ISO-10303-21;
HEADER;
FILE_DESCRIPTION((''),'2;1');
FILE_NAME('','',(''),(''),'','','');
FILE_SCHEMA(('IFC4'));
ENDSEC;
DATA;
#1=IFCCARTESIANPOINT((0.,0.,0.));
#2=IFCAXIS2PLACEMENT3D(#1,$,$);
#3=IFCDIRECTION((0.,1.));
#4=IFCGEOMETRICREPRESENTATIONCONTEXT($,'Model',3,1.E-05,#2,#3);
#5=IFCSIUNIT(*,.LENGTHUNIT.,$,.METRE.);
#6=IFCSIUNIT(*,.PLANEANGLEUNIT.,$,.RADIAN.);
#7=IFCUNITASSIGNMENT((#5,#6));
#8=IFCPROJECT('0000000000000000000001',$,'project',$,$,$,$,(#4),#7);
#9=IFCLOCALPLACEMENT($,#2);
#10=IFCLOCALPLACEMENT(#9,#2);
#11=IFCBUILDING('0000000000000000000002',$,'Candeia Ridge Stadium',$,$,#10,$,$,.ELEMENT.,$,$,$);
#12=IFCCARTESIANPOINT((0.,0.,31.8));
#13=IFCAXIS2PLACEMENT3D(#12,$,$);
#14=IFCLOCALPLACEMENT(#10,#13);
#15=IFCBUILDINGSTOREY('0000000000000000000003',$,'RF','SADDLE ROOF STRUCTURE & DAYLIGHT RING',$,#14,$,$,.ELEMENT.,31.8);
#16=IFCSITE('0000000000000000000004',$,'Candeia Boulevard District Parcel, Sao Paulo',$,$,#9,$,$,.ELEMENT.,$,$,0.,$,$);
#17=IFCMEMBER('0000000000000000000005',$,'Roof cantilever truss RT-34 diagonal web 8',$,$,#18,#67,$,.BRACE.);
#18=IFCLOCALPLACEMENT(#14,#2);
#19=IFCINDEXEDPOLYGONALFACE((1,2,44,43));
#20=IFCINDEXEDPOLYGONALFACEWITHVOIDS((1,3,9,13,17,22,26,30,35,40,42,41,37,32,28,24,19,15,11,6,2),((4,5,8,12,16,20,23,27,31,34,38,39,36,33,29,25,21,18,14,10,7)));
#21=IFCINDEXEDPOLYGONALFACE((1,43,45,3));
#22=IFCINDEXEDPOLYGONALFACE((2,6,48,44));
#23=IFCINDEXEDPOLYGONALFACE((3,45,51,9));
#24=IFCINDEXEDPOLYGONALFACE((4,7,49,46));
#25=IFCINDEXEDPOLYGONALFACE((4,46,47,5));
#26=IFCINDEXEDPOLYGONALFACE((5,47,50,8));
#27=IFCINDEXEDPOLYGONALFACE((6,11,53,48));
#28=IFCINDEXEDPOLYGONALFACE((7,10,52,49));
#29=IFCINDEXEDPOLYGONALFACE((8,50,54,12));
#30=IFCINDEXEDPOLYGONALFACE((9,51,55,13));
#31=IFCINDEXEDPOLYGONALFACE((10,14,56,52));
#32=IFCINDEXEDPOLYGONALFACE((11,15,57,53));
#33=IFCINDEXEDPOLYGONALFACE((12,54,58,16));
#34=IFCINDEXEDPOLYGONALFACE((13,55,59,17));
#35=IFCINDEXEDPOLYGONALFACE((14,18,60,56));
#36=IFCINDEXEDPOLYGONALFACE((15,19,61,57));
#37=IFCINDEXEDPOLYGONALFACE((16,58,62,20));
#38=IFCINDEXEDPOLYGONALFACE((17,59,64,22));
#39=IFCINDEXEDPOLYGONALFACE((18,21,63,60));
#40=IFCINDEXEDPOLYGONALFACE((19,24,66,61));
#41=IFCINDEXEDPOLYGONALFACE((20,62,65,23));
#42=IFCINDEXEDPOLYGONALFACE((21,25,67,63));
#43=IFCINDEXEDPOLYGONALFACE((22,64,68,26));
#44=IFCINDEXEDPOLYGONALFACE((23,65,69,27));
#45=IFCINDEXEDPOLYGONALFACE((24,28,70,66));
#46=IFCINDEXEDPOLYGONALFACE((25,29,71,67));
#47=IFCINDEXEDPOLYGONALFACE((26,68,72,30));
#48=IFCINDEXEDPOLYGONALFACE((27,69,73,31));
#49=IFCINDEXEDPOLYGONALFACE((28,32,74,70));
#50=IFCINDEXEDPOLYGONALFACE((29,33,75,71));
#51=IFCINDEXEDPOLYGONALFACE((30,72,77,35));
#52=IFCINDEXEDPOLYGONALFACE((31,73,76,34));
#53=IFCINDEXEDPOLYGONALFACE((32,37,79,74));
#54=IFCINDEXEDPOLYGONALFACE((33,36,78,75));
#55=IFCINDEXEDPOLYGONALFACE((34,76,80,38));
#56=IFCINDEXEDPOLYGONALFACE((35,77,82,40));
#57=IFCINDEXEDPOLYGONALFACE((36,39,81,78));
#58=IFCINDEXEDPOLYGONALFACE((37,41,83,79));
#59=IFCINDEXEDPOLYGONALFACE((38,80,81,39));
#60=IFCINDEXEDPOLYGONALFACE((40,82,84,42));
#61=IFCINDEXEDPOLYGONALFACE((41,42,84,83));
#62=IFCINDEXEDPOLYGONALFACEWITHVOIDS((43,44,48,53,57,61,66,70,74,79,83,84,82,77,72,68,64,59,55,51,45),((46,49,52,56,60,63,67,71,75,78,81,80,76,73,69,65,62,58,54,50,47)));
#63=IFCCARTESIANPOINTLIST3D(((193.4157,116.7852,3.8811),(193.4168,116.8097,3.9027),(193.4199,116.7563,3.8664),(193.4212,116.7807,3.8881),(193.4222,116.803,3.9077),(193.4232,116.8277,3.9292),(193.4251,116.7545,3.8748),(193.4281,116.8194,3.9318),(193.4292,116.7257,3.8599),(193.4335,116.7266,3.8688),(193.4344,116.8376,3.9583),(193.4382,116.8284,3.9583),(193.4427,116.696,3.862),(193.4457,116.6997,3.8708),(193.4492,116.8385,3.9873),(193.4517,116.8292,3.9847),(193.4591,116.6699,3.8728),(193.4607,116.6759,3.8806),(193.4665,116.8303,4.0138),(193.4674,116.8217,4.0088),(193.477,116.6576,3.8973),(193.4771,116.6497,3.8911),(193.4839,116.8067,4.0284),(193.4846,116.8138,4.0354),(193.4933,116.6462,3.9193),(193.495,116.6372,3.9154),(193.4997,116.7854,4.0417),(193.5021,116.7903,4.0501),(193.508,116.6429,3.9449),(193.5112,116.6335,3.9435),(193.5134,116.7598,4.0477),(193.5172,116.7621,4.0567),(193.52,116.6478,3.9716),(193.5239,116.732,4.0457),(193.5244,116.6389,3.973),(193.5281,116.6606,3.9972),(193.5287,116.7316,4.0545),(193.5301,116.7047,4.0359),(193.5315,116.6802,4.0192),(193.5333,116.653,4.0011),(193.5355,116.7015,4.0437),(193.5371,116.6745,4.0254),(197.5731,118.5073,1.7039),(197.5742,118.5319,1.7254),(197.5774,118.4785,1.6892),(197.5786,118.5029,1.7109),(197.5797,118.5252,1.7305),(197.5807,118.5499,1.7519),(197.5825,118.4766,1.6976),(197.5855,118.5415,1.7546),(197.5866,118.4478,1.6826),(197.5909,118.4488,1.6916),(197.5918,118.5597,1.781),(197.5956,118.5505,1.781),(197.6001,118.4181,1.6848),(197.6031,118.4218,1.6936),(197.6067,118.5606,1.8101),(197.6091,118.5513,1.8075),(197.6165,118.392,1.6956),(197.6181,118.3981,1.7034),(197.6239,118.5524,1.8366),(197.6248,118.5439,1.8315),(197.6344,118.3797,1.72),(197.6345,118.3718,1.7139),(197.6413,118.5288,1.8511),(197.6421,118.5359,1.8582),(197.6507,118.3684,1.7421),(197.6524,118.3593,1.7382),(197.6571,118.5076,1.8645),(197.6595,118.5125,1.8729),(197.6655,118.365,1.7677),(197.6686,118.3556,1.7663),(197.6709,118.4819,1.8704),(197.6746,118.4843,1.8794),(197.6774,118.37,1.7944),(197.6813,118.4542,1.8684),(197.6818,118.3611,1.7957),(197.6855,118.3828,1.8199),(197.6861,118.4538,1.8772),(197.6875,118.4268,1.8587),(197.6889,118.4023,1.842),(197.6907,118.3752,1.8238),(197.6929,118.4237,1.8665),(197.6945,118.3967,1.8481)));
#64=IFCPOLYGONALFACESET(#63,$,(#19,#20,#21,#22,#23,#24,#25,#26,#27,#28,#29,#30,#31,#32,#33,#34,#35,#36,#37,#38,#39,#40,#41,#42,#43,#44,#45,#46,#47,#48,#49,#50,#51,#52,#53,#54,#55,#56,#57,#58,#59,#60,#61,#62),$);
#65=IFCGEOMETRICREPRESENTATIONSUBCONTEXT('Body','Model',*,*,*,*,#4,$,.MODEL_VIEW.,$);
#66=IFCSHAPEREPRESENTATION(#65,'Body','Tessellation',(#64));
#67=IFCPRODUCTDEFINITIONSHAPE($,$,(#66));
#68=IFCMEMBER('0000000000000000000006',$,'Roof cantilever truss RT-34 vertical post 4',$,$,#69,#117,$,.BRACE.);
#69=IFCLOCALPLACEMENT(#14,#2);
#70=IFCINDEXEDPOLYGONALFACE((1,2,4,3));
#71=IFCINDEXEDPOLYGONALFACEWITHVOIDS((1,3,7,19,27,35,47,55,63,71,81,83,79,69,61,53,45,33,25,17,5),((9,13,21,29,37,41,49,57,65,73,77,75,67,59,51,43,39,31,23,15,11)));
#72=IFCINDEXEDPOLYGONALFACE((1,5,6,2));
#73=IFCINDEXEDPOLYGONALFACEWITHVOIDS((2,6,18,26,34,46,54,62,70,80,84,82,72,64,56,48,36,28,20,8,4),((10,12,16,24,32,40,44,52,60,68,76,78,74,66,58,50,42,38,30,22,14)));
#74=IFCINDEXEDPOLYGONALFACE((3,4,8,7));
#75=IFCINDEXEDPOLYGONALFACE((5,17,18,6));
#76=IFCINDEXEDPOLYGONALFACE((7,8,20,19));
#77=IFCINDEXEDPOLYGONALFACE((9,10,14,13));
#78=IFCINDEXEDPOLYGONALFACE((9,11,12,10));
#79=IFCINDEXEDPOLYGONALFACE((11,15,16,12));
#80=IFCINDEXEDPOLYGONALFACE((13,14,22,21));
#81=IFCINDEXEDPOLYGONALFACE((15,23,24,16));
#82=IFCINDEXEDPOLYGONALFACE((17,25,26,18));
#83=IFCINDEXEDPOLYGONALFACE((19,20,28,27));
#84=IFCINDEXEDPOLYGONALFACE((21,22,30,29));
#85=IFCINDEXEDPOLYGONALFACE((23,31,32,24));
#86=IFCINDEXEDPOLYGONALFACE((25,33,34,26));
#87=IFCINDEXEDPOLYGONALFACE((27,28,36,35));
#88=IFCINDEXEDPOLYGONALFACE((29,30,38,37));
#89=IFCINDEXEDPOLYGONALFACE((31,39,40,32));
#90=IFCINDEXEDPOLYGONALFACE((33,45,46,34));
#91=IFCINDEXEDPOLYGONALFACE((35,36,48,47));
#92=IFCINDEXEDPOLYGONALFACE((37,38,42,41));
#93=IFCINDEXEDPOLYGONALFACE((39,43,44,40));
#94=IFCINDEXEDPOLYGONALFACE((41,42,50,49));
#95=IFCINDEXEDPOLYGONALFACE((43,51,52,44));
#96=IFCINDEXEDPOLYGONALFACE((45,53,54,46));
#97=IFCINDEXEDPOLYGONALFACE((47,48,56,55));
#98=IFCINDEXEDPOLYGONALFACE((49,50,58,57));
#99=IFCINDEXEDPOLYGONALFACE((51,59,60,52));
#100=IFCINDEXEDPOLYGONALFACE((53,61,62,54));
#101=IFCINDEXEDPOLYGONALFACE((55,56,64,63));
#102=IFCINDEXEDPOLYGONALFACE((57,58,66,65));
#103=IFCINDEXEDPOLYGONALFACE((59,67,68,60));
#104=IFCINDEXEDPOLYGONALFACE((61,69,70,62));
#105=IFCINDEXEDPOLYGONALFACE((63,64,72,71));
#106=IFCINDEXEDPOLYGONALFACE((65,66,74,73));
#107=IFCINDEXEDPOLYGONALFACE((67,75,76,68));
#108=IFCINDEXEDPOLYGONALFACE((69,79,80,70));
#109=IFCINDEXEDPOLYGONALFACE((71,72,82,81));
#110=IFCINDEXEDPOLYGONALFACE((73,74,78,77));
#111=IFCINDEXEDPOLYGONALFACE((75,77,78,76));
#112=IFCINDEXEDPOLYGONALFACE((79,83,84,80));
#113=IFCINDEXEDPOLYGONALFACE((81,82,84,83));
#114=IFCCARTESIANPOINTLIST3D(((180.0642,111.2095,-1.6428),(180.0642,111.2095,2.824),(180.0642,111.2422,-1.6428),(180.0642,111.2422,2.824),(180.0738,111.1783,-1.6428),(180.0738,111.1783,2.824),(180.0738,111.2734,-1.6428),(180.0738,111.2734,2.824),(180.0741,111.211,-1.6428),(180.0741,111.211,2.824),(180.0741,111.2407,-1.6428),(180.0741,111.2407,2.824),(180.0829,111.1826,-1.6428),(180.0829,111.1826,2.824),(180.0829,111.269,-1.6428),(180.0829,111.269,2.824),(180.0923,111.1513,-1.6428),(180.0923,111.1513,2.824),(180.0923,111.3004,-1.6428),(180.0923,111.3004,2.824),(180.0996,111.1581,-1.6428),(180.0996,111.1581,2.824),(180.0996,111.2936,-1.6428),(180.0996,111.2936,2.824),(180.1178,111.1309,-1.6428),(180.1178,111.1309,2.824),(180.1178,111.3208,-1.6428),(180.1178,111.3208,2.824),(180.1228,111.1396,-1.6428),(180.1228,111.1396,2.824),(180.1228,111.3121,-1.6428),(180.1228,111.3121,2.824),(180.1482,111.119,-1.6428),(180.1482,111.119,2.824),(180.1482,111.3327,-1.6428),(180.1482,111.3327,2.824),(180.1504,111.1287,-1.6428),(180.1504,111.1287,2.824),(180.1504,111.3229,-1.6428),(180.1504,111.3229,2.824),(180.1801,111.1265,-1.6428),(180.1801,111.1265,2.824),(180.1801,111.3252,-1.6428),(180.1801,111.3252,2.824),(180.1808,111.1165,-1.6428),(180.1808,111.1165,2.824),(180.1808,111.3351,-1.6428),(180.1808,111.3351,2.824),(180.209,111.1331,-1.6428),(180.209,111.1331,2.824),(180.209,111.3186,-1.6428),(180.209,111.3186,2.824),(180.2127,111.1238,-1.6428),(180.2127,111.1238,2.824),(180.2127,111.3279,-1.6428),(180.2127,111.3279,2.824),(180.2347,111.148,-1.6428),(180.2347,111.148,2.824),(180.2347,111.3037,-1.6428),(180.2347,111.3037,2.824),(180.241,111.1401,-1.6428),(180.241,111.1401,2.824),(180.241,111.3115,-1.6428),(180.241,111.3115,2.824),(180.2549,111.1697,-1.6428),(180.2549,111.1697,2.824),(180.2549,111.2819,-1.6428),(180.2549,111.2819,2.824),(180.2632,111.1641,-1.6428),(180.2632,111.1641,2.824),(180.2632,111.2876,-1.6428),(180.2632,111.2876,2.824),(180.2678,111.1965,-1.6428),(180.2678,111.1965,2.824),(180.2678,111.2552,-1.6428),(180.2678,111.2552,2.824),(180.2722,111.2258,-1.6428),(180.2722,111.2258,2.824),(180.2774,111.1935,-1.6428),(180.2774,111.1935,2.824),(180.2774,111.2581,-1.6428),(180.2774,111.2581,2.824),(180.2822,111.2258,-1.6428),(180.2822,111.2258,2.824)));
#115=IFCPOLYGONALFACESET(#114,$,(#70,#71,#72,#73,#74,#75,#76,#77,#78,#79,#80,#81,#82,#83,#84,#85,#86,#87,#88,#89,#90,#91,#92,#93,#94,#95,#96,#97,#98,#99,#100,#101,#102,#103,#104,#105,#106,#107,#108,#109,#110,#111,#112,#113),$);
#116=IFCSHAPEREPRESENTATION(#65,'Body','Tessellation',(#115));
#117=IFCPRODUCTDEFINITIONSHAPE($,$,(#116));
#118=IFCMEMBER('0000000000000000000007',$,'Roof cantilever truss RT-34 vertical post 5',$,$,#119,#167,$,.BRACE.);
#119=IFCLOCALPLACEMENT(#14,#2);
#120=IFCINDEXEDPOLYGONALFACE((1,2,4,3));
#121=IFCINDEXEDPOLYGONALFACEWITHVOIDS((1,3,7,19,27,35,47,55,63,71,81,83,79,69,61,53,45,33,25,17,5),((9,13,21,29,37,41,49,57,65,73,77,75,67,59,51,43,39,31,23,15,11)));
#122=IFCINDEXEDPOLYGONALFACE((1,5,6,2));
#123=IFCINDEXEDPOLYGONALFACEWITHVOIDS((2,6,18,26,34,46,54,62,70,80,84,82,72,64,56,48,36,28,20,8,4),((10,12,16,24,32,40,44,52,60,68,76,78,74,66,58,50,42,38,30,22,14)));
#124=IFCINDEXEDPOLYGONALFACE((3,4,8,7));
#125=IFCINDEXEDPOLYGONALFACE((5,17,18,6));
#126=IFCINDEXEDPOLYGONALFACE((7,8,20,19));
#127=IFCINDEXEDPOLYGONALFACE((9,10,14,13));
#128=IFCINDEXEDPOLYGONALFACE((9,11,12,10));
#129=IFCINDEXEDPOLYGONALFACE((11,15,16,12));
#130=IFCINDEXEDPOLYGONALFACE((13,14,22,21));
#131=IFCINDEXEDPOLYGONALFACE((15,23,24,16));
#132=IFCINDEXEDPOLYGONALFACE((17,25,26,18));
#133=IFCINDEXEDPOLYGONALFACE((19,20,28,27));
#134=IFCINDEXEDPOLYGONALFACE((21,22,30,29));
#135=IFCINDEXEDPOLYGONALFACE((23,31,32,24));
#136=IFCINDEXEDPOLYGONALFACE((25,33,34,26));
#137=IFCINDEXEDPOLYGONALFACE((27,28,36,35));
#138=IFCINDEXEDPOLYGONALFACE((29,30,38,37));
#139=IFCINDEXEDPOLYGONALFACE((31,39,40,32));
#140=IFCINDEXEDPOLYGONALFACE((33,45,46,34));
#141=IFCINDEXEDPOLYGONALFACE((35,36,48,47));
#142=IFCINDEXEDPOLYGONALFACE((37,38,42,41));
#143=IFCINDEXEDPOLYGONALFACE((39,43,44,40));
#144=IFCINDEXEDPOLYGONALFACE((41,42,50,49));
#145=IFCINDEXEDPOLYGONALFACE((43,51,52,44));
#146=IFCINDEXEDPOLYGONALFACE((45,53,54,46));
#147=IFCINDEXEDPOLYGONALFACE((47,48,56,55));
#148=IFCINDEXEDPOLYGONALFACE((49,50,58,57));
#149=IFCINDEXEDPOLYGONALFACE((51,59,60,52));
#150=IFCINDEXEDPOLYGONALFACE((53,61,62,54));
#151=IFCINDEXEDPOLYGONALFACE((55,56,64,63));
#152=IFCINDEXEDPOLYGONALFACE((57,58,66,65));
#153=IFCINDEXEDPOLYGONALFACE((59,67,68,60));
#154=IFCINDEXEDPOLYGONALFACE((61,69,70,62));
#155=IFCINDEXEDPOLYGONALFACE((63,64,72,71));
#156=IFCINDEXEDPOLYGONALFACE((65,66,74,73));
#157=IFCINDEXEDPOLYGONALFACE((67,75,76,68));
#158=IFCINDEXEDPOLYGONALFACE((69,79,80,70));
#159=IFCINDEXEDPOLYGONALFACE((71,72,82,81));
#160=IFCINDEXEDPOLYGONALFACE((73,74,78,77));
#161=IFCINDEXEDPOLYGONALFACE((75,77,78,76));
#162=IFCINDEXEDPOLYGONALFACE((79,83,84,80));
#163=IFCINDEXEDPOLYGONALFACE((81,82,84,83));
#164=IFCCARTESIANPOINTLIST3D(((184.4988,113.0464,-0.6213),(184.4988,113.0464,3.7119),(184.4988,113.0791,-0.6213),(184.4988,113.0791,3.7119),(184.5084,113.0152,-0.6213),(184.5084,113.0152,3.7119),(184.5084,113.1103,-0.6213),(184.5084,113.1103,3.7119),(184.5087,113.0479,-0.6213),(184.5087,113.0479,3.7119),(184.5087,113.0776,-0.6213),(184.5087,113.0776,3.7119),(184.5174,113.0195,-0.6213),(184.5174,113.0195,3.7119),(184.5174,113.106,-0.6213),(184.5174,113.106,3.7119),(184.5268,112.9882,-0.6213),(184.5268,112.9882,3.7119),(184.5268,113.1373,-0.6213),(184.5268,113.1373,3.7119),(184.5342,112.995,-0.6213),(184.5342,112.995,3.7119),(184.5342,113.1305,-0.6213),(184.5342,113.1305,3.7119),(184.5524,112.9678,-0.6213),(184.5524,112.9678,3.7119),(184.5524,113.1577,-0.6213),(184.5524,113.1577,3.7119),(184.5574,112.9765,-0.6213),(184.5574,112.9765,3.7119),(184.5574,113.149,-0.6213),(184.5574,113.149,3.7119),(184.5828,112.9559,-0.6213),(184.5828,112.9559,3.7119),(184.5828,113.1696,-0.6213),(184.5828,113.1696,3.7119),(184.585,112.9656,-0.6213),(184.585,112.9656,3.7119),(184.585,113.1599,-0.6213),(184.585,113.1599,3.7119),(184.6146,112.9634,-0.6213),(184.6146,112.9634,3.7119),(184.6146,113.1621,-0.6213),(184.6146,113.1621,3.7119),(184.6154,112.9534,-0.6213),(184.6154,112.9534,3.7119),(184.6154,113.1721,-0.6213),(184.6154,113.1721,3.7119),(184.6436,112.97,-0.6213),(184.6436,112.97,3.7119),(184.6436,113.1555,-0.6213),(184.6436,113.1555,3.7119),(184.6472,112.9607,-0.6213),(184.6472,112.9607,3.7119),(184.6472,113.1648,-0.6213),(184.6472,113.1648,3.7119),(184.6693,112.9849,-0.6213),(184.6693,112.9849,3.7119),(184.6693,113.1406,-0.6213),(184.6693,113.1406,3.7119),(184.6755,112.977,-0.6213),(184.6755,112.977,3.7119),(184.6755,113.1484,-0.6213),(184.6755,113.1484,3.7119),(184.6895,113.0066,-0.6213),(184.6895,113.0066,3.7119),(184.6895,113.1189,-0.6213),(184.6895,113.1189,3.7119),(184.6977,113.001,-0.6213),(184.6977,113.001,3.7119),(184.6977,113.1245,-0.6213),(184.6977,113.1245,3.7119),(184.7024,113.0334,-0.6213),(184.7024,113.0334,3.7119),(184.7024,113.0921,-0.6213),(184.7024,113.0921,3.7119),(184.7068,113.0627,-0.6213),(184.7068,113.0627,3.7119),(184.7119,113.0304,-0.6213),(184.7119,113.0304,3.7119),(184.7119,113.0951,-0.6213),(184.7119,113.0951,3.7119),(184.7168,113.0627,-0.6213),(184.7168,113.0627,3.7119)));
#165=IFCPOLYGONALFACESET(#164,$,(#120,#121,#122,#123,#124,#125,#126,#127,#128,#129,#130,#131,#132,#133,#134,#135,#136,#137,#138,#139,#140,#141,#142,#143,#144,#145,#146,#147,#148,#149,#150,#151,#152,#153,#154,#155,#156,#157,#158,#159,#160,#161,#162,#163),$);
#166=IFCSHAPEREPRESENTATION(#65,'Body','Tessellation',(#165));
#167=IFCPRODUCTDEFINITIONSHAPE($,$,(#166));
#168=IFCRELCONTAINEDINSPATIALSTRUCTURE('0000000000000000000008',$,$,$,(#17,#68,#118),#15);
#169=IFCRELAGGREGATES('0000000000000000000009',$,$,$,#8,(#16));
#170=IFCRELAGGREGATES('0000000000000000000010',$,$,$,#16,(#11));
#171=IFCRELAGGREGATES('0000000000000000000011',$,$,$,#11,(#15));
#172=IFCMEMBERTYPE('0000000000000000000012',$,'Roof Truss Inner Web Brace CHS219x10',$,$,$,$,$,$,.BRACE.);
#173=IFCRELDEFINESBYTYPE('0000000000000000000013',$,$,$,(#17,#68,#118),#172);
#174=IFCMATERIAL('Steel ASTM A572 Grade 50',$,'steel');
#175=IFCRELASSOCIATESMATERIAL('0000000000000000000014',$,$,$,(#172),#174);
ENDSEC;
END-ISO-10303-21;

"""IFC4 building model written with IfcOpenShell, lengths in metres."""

from ifc_helpers import new_model, si_unit, direction, frame, origin, origin_2d, place, context, subcontext, project, spatial, hollow_circle, extrude, material, material_profile, profile_set, type_object, element, save


model = new_model("IFC4")

# Units and contexts
model_context = context("Model", 3, precision=1e-05, world=origin(), true_north=direction((0.0, 1.0)))
body_context = subcontext(model_context, "Body", "Model", "MODEL_VIEW")
ifc_project = project(units=[si_unit("LENGTHUNIT", "METRE"), si_unit("PLANEANGLEUNIT", "RADIAN")], contexts=[model_context])

# Site, building, storey
site_placement = place(None, origin())
site = spatial("IfcSite", under=ifc_project, at=site_placement, Name="Candeia Boulevard District Parcel, Sao Paulo", CompositionType="ELEMENT", RefElevation=0.0)
building_placement = place(site_placement, origin())
building = spatial("IfcBuilding", under=site, at=building_placement, Name="Candeia Ridge Stadium", CompositionType="ELEMENT")
storey_placement = place(building_placement, frame((0.0, 0.0, 31.8)))
storey = spatial("IfcBuildingStorey", under=building, at=storey_placement, Name="RF", Description="SADDLE ROOF STRUCTURE & DAYLIGHT RING", CompositionType="ELEMENT", Elevation=31.8)

# Shared definitions
ifc_material = material(Name="Steel ASTM A572 Grade 50", Category="steel")

# Members
ifc_material_profile_1 = material_profile(ifc_material, hollow_circle(Radius=0.1096, WallThickness=0.01, at=origin_2d()), Name="CHS219x10", Category="steel")
ifc_profile_set_1 = profile_set([ifc_material_profile_1], Name="Steel ASTM A572 Grade 50")
member_type_1 = type_object("IfcMemberType", Name="Roof Truss Inner Web Brace CHS219x10", PredefinedType="BRACE", material=ifc_profile_set_1)
member_1_placement = place(storey_placement, frame((193.4763, 116.7363, 3.9583), z_axis=(0.831647, 0.344497, -0.435529), x_axis=(-0.3827, 0.923873, 0.0)))
element("IfcMember", 1, at=member_1_placement, inside=storey, type_object=member_type_1, Name="Roof cantilever truss RT-34 diagonal web 8", PredefinedType="BRACE", context=body_context, shape_type="SweptSolid", body=[
    extrude(hollow_circle(Radius=0.1096, WallThickness=0.01, at=origin_2d()), origin(), (0.0, 0.0, 1.0), 4.999),
])
member_2_placement = place(storey_placement, frame((180.1726, 111.2258, -1.6428), z_axis=(0.0, 0.0, 1.0), x_axis=(1.0, 0.0, 0.0)))
element("IfcMember", 2, at=member_2_placement, inside=storey, type_object=member_type_1, Name="Roof cantilever truss RT-34 vertical post 4", PredefinedType="BRACE", context=body_context, shape_type="SweptSolid", body=[
    extrude(hollow_circle(Radius=0.1096, WallThickness=0.01, at=origin_2d()), origin(), (0.0, 0.0, 1.0), 4.4668),
])
member_3_placement = place(storey_placement, frame((184.6072, 113.0627, -0.6213), z_axis=(0.0, 0.0, 1.0), x_axis=(1.0, 0.0, 0.0)))
element("IfcMember", 3, at=member_3_placement, inside=storey, type_object=member_type_1, Name="Roof cantilever truss RT-34 vertical post 5", PredefinedType="BRACE", context=body_context, shape_type="SweptSolid", body=[
    extrude(hollow_circle(Radius=0.1096, WallThickness=0.01, at=origin_2d()), origin(), (0.0, 0.0, 1.0), 4.3333),
])

save(model, "model.ifc")
